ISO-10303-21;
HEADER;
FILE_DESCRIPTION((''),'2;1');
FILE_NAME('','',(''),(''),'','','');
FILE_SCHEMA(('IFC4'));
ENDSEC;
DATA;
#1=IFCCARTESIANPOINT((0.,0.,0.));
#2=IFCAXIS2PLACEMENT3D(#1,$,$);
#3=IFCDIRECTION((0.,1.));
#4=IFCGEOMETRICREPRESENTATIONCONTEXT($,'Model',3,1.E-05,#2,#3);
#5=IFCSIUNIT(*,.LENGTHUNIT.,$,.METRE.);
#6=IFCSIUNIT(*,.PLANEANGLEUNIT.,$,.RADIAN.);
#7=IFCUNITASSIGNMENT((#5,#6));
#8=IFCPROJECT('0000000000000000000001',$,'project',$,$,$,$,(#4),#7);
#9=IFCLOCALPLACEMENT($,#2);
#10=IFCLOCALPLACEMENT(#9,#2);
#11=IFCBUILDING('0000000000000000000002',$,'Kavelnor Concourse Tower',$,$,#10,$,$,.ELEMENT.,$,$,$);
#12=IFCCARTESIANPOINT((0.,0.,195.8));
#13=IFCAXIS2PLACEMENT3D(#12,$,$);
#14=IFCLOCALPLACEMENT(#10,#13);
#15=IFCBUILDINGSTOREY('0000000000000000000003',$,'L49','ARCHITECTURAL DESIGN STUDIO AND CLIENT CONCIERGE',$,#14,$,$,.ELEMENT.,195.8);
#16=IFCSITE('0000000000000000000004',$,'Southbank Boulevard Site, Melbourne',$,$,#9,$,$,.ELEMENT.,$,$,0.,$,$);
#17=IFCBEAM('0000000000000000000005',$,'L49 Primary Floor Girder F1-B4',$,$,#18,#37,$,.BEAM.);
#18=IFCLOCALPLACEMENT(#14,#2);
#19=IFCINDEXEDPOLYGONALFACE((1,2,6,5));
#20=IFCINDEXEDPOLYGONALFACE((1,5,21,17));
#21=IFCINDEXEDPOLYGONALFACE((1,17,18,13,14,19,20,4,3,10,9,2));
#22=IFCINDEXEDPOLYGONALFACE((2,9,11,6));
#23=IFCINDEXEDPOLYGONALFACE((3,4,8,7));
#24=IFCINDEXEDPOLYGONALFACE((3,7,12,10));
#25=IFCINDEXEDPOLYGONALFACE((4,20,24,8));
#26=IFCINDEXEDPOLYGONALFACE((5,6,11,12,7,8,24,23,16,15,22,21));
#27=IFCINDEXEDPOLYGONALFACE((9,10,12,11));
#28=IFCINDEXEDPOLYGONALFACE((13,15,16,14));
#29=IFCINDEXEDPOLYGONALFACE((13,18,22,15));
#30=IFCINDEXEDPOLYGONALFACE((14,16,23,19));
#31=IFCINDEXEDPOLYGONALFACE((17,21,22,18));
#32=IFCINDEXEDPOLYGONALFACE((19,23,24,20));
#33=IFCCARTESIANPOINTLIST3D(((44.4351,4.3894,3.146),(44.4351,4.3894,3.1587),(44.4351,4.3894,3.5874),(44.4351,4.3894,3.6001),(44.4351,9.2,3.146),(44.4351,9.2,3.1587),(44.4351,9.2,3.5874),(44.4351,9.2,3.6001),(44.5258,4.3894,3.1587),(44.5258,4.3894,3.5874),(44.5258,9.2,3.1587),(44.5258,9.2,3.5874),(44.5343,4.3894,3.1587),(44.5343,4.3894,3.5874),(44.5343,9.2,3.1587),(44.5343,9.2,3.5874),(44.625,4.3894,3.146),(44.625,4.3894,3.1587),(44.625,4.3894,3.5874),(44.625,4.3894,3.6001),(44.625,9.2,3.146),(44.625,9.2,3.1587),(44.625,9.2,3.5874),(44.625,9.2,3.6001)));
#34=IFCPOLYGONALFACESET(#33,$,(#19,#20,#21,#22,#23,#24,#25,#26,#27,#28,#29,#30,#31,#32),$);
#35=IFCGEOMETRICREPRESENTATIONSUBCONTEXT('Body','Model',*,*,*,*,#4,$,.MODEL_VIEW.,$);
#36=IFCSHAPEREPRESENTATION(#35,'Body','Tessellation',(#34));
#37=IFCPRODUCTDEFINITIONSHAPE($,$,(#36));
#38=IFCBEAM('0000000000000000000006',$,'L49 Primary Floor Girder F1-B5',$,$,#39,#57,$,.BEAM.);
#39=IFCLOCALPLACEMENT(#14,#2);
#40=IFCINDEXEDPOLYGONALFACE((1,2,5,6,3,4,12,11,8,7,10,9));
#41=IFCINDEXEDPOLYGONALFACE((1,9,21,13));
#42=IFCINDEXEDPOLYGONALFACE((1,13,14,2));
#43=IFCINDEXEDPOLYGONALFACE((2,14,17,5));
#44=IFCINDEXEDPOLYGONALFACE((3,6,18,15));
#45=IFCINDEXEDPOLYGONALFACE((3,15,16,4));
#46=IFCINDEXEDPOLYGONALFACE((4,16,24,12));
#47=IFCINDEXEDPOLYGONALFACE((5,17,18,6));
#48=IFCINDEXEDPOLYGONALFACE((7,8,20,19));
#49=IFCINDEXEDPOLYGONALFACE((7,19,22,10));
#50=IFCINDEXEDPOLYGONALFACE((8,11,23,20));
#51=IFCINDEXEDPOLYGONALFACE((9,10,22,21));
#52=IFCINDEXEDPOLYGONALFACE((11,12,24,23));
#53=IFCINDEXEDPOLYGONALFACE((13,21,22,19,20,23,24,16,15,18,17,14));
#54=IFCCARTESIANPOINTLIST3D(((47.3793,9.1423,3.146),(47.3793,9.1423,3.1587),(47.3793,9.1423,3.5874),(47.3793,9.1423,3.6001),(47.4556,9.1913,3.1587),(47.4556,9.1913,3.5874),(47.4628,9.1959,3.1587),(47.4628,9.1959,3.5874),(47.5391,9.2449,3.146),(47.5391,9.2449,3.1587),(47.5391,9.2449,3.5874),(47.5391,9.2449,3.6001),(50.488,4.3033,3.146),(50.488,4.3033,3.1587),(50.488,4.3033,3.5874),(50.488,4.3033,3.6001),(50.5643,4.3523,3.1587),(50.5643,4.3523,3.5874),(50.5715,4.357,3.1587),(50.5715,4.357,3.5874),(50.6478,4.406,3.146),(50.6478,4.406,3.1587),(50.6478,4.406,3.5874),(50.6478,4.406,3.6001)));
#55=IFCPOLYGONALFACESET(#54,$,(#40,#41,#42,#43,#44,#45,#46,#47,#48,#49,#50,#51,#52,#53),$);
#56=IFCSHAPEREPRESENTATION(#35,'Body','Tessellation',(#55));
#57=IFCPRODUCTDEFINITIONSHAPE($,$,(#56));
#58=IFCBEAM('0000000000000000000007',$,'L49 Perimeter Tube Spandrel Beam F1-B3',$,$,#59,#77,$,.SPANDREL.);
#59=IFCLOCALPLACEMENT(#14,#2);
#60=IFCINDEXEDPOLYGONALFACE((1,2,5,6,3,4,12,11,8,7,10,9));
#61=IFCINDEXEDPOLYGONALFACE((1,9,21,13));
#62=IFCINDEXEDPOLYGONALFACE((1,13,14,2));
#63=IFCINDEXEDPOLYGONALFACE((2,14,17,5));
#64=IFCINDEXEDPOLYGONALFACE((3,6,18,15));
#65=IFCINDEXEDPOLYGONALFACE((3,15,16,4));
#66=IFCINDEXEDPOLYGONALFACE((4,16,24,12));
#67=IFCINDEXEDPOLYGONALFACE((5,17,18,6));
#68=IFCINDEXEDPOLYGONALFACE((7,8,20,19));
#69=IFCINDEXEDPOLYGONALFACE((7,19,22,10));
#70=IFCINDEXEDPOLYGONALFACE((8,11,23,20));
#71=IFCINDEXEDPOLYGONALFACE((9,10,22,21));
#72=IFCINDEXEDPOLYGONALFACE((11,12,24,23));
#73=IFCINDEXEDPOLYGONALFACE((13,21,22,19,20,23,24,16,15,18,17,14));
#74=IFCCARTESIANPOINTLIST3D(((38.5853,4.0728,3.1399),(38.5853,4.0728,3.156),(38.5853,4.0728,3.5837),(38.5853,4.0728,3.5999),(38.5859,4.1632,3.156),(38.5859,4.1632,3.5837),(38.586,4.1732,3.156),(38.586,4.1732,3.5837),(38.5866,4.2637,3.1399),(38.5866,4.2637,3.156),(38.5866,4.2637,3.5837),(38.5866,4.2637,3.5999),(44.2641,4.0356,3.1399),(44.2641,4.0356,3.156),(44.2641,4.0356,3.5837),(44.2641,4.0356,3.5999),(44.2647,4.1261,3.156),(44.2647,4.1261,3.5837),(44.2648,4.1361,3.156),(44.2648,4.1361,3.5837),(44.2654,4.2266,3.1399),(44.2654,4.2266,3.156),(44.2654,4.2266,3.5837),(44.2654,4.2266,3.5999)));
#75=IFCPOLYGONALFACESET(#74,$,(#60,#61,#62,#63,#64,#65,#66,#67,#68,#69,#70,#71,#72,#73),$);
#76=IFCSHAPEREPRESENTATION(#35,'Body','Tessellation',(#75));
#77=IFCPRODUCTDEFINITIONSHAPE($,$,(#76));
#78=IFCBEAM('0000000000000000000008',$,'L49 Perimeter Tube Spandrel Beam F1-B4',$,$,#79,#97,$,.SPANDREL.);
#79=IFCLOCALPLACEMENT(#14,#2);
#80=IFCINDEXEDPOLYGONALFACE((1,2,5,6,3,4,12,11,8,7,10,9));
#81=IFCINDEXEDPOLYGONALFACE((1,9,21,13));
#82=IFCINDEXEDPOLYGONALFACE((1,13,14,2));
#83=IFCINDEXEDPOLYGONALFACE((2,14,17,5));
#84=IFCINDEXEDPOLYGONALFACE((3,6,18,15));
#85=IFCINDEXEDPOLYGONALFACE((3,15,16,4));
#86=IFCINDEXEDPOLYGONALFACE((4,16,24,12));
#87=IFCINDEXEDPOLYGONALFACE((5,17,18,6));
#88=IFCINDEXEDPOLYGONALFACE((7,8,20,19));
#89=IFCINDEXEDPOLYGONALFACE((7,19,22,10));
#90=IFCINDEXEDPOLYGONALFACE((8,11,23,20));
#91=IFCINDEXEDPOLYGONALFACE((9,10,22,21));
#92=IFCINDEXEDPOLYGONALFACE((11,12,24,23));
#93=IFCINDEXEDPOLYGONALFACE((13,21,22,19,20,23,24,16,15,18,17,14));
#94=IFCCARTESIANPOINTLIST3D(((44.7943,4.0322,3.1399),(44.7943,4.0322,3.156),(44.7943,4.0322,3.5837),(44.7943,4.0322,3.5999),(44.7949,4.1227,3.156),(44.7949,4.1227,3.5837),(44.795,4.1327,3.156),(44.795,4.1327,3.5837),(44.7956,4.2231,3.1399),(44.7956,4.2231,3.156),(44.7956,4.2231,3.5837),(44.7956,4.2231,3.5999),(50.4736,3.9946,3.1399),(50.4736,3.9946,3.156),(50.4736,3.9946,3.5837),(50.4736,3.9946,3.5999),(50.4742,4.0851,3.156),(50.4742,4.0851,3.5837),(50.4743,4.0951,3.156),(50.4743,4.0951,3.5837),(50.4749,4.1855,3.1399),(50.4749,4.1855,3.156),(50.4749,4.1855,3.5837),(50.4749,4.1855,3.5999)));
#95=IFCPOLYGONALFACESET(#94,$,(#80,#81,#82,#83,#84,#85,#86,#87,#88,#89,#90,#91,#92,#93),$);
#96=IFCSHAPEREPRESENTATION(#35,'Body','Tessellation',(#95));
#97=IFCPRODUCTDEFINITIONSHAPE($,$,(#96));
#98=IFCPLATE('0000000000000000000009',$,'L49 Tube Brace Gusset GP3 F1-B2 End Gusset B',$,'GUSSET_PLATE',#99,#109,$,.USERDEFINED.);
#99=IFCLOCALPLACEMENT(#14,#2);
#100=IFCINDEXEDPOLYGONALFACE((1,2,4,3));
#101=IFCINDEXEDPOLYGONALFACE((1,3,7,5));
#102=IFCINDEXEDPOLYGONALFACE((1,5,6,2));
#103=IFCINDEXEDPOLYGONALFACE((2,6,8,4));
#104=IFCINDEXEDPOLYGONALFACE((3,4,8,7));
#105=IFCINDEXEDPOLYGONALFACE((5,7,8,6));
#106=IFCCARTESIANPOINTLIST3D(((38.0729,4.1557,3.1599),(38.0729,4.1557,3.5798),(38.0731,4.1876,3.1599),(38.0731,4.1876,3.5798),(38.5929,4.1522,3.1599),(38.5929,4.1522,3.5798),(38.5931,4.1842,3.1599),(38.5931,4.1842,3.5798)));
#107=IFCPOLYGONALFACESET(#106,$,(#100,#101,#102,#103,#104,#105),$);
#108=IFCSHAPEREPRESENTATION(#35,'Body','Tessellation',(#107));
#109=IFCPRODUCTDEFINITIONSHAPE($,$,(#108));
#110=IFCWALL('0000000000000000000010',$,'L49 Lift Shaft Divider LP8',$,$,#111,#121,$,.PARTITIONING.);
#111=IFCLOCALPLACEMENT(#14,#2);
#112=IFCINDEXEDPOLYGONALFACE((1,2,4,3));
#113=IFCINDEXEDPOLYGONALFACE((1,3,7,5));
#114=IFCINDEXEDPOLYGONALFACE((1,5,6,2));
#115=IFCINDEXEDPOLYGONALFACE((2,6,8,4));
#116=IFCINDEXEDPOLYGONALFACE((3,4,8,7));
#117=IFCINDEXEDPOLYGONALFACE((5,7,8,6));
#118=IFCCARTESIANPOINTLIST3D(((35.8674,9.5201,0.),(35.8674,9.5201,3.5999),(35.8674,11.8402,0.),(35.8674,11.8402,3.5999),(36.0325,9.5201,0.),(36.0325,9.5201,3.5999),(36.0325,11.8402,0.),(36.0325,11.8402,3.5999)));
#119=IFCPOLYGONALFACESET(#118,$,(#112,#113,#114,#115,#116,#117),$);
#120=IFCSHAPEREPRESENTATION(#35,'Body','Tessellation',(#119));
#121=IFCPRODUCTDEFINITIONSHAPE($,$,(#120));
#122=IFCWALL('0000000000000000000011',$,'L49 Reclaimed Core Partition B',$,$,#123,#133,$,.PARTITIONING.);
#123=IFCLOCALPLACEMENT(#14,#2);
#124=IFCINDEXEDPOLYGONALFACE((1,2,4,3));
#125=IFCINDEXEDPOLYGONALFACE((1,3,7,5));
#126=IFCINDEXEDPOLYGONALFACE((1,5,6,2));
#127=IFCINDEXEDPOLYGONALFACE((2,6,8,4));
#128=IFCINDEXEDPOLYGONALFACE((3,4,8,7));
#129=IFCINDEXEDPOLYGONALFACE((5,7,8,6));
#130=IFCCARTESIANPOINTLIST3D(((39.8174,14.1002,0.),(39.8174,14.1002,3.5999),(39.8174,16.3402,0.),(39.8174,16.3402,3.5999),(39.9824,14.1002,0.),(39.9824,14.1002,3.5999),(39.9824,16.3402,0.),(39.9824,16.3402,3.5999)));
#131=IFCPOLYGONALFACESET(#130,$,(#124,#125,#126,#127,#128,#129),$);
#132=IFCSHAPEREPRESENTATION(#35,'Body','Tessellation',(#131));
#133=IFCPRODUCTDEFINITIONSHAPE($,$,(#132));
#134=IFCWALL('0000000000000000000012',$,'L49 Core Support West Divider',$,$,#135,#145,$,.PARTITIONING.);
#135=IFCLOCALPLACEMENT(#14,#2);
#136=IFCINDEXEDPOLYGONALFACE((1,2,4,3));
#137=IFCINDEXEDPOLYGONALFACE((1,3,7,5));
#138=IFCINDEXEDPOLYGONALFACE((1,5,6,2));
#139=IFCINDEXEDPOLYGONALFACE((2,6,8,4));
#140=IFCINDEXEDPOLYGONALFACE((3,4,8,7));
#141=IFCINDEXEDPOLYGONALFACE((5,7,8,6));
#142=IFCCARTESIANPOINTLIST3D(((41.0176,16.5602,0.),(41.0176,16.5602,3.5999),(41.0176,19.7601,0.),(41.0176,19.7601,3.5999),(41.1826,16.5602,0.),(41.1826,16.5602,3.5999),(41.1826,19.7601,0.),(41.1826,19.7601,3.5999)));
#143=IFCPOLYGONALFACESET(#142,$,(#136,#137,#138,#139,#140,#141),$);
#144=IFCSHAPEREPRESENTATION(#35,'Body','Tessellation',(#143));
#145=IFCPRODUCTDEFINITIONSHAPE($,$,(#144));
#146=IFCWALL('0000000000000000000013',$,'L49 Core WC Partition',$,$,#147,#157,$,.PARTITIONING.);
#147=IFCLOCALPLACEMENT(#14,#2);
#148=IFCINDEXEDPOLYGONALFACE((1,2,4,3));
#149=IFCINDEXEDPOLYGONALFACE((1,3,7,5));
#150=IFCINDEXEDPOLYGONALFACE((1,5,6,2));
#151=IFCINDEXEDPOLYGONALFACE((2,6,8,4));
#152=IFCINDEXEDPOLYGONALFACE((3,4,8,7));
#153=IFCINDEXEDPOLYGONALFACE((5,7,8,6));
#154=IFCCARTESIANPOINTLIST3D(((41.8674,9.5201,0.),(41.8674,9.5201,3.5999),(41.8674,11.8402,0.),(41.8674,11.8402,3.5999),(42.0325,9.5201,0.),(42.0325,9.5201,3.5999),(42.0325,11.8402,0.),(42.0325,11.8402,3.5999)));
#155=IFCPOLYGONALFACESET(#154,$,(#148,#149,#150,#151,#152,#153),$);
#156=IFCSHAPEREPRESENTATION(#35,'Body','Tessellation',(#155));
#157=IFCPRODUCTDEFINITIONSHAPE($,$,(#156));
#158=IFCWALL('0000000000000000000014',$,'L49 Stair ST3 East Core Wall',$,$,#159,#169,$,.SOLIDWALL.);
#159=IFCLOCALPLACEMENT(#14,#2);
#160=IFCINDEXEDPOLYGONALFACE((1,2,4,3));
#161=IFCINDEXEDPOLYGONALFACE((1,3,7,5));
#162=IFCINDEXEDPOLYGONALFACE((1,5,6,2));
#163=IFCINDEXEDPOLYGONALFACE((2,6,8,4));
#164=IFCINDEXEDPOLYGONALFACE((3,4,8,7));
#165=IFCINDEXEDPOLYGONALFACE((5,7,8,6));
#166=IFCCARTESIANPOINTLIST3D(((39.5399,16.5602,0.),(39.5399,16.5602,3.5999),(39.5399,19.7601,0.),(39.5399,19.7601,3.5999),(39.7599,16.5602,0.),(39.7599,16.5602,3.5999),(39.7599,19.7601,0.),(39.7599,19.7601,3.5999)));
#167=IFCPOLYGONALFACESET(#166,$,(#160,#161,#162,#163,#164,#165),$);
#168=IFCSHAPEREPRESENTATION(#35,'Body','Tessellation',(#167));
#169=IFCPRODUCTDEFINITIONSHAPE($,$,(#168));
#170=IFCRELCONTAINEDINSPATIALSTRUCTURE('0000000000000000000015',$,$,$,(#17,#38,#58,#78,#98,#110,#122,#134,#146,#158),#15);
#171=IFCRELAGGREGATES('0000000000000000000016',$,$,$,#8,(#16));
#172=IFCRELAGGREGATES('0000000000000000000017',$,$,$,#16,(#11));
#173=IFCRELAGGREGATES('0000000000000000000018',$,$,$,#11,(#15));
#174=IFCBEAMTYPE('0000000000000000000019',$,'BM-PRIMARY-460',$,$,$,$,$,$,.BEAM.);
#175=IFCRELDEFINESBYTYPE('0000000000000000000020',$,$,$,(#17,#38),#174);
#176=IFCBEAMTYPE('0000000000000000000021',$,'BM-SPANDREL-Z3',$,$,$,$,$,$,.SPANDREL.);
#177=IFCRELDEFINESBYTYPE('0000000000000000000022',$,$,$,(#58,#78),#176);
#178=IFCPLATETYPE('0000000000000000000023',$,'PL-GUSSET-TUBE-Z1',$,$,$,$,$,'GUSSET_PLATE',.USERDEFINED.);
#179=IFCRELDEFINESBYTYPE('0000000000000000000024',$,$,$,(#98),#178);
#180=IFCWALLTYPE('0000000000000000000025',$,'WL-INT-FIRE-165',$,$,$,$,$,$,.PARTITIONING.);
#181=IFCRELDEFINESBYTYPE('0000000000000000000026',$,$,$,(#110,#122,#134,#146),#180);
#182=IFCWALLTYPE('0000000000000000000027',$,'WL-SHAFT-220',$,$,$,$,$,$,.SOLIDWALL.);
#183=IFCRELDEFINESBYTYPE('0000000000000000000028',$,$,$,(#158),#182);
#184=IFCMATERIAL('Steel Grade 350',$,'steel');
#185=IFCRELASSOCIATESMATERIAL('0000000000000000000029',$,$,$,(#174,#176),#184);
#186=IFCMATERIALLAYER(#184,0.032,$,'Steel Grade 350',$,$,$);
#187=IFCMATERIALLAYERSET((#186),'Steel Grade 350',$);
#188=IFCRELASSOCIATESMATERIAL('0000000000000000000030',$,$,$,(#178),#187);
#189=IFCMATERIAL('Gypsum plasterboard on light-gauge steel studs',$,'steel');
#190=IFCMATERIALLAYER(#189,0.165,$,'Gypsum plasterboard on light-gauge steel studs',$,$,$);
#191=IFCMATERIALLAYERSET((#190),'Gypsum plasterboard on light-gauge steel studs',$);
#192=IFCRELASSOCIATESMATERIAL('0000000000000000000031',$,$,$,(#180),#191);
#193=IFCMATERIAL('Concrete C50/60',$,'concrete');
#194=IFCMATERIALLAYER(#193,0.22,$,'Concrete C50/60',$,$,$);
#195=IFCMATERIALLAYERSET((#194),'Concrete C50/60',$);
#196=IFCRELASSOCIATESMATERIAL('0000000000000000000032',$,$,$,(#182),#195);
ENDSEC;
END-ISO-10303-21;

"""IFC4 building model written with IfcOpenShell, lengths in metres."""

from ifc_helpers import new_model, si_unit, direction, frame, frame_2d, origin, origin_2d, place, context, subcontext, project, spatial, rectangle, i_section, extrude, material, layer, layer_set, material_profile, profile_set, type_object, element, save


model = new_model("IFC4")

# Units and contexts
model_context = context("Model", 3, precision=1e-05, world=origin(), true_north=direction((0.0, 1.0)))
body_context = subcontext(model_context, "Body", "Model", "MODEL_VIEW")
ifc_project = project(units=[si_unit("LENGTHUNIT", "METRE"), si_unit("PLANEANGLEUNIT", "RADIAN")], contexts=[model_context])

# Site, building, storey
site_placement = place(None, origin())
site = spatial("IfcSite", under=ifc_project, at=site_placement, Name="Southbank Boulevard Site, Melbourne", CompositionType="ELEMENT", RefElevation=0.0)
building_placement = place(site_placement, origin())
building = spatial("IfcBuilding", under=site, at=building_placement, Name="Kavelnor Concourse Tower", CompositionType="ELEMENT")
storey_placement = place(building_placement, frame((0.0, 0.0, 195.8)))
storey = spatial("IfcBuildingStorey", under=building, at=storey_placement, Name="L49", Description="ARCHITECTURAL DESIGN STUDIO AND CLIENT CONCIERGE", CompositionType="ELEMENT", Elevation=195.8)

# Shared definitions
ifc_material_1 = material(Name="Steel Grade 350", Category="steel")

# Beams
ifc_material_profile_1 = material_profile(ifc_material_1, i_section(OverallWidth=0.1899, OverallDepth=0.4541, WebThickness=0.0085, FlangeThickness=0.0127, at=origin_2d()), Name="460UB67")
ifc_profile_set_1 = profile_set([ifc_material_profile_1], Name="Steel Grade 350")
beam_type_1 = type_object("IfcBeamType", Name="BM-PRIMARY-460", PredefinedType="BEAM", material=ifc_profile_set_1)
beam_1_placement = place(storey_placement, frame((44.53, 9.2, 3.373), z_axis=(0.0, -1.0, 0.0), x_axis=(1.0, 0.0, 0.0)))
element("IfcBeam", 1, at=beam_1_placement, inside=storey, type_object=beam_type_1, Name="L49 Primary Floor Girder F1-B4", PredefinedType="BEAM", context=body_context, shape_type="SweptSolid", body=[
    extrude(i_section(OverallWidth=0.1899, OverallDepth=0.4541, WebThickness=0.0085, FlangeThickness=0.0127, at=origin_2d()), origin(), (0.0, 0.0, 1.0), 4.8105),
])
beam_2_placement = place(storey_placement, frame((47.4592, 9.1936, 3.373), z_axis=(0.540504, -0.841341, 0.0), x_axis=(0.841341, 0.540504, 0.0)))
element("IfcBeam", 2, at=beam_2_placement, inside=storey, type_object=beam_type_1, Name="L49 Primary Floor Girder F1-B5", PredefinedType="BEAM", context=body_context, shape_type="SweptSolid", body=[
    extrude(i_section(OverallWidth=0.1899, OverallDepth=0.4541, WebThickness=0.0085, FlangeThickness=0.0127, at=origin_2d()), origin(), (0.0, 0.0, 1.0), 5.7515),
])
ifc_material_profile_2 = material_profile(ifc_material_1, i_section(OverallWidth=0.1909, OverallDepth=0.46, WebThickness=0.01, FlangeThickness=0.0161, at=origin_2d()), Name="460UB82")
ifc_profile_set_2 = profile_set([ifc_material_profile_2], Name="Steel Grade 350")
beam_type_2 = type_object("IfcBeamType", Name="BM-SPANDREL-Z3", PredefinedType="SPANDREL", material=ifc_profile_set_2)
beam_3_placement = place(storey_placement, frame((38.5859, 4.1682, 3.3699), z_axis=(0.999979, -0.006534, 0.0), x_axis=(0.006534, 0.999979, 0.0)))
element("IfcBeam", 3, at=beam_3_placement, inside=storey, type_object=beam_type_2, Name="L49 Perimeter Tube Spandrel Beam F1-B3", PredefinedType="SPANDREL", context=body_context, shape_type="SweptSolid", body=[
    extrude(i_section(OverallWidth=0.1909, OverallDepth=0.46, WebThickness=0.01, FlangeThickness=0.0161, at=origin_2d()), origin(), (0.0, 0.0, 1.0), 5.679),
])
beam_4_placement = place(storey_placement, frame((44.7949, 4.1277, 3.3699), z_axis=(0.999978, -0.00662, 0.0), x_axis=(0.00662, 0.999978, 0.0)))
element("IfcBeam", 4, at=beam_4_placement, inside=storey, type_object=beam_type_2, Name="L49 Perimeter Tube Spandrel Beam F1-B4", PredefinedType="SPANDREL", context=body_context, shape_type="SweptSolid", body=[
    extrude(i_section(OverallWidth=0.1909, OverallDepth=0.46, WebThickness=0.01, FlangeThickness=0.0161, at=origin_2d()), origin(), (0.0, 0.0, 1.0), 5.6794),
])

# Plate
ifc_layer_1 = layer(ifc_material_1, 0.032, Name="Steel Grade 350")
ifc_layer_set_1 = layer_set([ifc_layer_1], Name="Steel Grade 350")
plate_type = type_object("IfcPlateType", Name="PL-GUSSET-TUBE-Z1", ElementType="GUSSET_PLATE", PredefinedType="USERDEFINED", material=ifc_layer_set_1)
plate_placement = place(storey_placement, frame((38.333, 4.1699, 3.1599), z_axis=(0.0, 0.0, 1.0), x_axis=(0.999978, -0.006632, 0.0)))
element("IfcPlate", 5, at=plate_placement, inside=storey, type_object=plate_type, Name="L49 Tube Brace Gusset GP3 F1-B2 End Gusset B", ObjectType="GUSSET_PLATE", PredefinedType="USERDEFINED", context=body_context, shape_type="SweptSolid", body=[
    extrude(rectangle(XDim=0.52, YDim=0.032, at=origin_2d()), origin(), (0.0, 0.0, 1.0), 0.4199),
])

# Walls
ifc_material_2 = material(Name="Gypsum plasterboard on light-gauge steel studs", Category="steel")
ifc_layer_2 = layer(ifc_material_2, 0.165, Name="Gypsum plasterboard on light-gauge steel studs")
ifc_layer_set_2 = layer_set([ifc_layer_2], Name="Gypsum plasterboard on light-gauge steel studs")
wall_type_1 = type_object("IfcWallType", Name="WL-INT-FIRE-165", PredefinedType="PARTITIONING", material=ifc_layer_set_2)
wall_1_placement = place(storey_placement, frame((35.95, 9.52, 0.0), z_axis=(0.0, 0.0, 1.0), x_axis=(0.0, 1.0, 0.0)))
element("IfcWall", 6, at=wall_1_placement, inside=storey, type_object=wall_type_1, Name="L49 Lift Shaft Divider LP8", PredefinedType="PARTITIONING", context=body_context, shape_type="SweptSolid", body=[
    extrude(rectangle(XDim=2.3201, YDim=0.165, at=frame_2d((1.1602, 0.0))), origin(), (0.0, 0.0, 1.0), 3.5999),
])
wall_2_placement = place(storey_placement, frame((39.8999, 14.1001, 0.0), z_axis=(0.0, 0.0, 1.0), x_axis=(0.0, 1.0, 0.0)))
element("IfcWall", 7, at=wall_2_placement, inside=storey, type_object=wall_type_1, Name="L49 Reclaimed Core Partition B", PredefinedType="PARTITIONING", context=body_context, shape_type="SweptSolid", body=[
    extrude(rectangle(XDim=2.24, YDim=0.165, at=frame_2d((1.1201, 0.0))), origin(), (0.0, 0.0, 1.0), 3.5999),
])
wall_3_placement = place(storey_placement, frame((41.1001, 16.5601, 0.0), z_axis=(0.0, 0.0, 1.0), x_axis=(0.0, 1.0, 0.0)))
element("IfcWall", 8, at=wall_3_placement, inside=storey, type_object=wall_type_1, Name="L49 Core Support West Divider", PredefinedType="PARTITIONING", context=body_context, shape_type="SweptSolid", body=[
    extrude(rectangle(XDim=3.2, YDim=0.165, at=frame_2d((1.6001, 0.0))), origin(), (0.0, 0.0, 1.0), 3.5999),
])
wall_4_placement = place(storey_placement, frame((41.95, 9.52, 0.0), z_axis=(0.0, 0.0, 1.0), x_axis=(0.0, 1.0, 0.0)))
element("IfcWall", 9, at=wall_4_placement, inside=storey, type_object=wall_type_1, Name="L49 Core WC Partition", PredefinedType="PARTITIONING", context=body_context, shape_type="SweptSolid", body=[
    extrude(rectangle(XDim=2.3201, YDim=0.165, at=frame_2d((1.1602, 0.0))), origin(), (0.0, 0.0, 1.0), 3.5999),
])
ifc_material_3 = material(Name="Concrete C50/60", Category="concrete")
ifc_layer_3 = layer(ifc_material_3, 0.22, Name="Concrete C50/60")
ifc_layer_set_3 = layer_set([ifc_layer_3], Name="Concrete C50/60")
wall_type_2 = type_object("IfcWallType", Name="WL-SHAFT-220", PredefinedType="SOLIDWALL", material=ifc_layer_set_3)
wall_5_placement = place(storey_placement, frame((39.6499, 16.5601, 0.0), z_axis=(0.0, 0.0, 1.0), x_axis=(0.0, 1.0, 0.0)))
element("IfcWall", 10, at=wall_5_placement, inside=storey, type_object=wall_type_2, Name="L49 Stair ST3 East Core Wall", PredefinedType="SOLIDWALL", context=body_context, shape_type="SweptSolid", body=[
    extrude(rectangle(XDim=3.2, YDim=0.22, at=frame_2d((1.6001, 0.0))), origin(), (0.0, 0.0, 1.0), 3.5999),
])

save(model, "model.ifc")
